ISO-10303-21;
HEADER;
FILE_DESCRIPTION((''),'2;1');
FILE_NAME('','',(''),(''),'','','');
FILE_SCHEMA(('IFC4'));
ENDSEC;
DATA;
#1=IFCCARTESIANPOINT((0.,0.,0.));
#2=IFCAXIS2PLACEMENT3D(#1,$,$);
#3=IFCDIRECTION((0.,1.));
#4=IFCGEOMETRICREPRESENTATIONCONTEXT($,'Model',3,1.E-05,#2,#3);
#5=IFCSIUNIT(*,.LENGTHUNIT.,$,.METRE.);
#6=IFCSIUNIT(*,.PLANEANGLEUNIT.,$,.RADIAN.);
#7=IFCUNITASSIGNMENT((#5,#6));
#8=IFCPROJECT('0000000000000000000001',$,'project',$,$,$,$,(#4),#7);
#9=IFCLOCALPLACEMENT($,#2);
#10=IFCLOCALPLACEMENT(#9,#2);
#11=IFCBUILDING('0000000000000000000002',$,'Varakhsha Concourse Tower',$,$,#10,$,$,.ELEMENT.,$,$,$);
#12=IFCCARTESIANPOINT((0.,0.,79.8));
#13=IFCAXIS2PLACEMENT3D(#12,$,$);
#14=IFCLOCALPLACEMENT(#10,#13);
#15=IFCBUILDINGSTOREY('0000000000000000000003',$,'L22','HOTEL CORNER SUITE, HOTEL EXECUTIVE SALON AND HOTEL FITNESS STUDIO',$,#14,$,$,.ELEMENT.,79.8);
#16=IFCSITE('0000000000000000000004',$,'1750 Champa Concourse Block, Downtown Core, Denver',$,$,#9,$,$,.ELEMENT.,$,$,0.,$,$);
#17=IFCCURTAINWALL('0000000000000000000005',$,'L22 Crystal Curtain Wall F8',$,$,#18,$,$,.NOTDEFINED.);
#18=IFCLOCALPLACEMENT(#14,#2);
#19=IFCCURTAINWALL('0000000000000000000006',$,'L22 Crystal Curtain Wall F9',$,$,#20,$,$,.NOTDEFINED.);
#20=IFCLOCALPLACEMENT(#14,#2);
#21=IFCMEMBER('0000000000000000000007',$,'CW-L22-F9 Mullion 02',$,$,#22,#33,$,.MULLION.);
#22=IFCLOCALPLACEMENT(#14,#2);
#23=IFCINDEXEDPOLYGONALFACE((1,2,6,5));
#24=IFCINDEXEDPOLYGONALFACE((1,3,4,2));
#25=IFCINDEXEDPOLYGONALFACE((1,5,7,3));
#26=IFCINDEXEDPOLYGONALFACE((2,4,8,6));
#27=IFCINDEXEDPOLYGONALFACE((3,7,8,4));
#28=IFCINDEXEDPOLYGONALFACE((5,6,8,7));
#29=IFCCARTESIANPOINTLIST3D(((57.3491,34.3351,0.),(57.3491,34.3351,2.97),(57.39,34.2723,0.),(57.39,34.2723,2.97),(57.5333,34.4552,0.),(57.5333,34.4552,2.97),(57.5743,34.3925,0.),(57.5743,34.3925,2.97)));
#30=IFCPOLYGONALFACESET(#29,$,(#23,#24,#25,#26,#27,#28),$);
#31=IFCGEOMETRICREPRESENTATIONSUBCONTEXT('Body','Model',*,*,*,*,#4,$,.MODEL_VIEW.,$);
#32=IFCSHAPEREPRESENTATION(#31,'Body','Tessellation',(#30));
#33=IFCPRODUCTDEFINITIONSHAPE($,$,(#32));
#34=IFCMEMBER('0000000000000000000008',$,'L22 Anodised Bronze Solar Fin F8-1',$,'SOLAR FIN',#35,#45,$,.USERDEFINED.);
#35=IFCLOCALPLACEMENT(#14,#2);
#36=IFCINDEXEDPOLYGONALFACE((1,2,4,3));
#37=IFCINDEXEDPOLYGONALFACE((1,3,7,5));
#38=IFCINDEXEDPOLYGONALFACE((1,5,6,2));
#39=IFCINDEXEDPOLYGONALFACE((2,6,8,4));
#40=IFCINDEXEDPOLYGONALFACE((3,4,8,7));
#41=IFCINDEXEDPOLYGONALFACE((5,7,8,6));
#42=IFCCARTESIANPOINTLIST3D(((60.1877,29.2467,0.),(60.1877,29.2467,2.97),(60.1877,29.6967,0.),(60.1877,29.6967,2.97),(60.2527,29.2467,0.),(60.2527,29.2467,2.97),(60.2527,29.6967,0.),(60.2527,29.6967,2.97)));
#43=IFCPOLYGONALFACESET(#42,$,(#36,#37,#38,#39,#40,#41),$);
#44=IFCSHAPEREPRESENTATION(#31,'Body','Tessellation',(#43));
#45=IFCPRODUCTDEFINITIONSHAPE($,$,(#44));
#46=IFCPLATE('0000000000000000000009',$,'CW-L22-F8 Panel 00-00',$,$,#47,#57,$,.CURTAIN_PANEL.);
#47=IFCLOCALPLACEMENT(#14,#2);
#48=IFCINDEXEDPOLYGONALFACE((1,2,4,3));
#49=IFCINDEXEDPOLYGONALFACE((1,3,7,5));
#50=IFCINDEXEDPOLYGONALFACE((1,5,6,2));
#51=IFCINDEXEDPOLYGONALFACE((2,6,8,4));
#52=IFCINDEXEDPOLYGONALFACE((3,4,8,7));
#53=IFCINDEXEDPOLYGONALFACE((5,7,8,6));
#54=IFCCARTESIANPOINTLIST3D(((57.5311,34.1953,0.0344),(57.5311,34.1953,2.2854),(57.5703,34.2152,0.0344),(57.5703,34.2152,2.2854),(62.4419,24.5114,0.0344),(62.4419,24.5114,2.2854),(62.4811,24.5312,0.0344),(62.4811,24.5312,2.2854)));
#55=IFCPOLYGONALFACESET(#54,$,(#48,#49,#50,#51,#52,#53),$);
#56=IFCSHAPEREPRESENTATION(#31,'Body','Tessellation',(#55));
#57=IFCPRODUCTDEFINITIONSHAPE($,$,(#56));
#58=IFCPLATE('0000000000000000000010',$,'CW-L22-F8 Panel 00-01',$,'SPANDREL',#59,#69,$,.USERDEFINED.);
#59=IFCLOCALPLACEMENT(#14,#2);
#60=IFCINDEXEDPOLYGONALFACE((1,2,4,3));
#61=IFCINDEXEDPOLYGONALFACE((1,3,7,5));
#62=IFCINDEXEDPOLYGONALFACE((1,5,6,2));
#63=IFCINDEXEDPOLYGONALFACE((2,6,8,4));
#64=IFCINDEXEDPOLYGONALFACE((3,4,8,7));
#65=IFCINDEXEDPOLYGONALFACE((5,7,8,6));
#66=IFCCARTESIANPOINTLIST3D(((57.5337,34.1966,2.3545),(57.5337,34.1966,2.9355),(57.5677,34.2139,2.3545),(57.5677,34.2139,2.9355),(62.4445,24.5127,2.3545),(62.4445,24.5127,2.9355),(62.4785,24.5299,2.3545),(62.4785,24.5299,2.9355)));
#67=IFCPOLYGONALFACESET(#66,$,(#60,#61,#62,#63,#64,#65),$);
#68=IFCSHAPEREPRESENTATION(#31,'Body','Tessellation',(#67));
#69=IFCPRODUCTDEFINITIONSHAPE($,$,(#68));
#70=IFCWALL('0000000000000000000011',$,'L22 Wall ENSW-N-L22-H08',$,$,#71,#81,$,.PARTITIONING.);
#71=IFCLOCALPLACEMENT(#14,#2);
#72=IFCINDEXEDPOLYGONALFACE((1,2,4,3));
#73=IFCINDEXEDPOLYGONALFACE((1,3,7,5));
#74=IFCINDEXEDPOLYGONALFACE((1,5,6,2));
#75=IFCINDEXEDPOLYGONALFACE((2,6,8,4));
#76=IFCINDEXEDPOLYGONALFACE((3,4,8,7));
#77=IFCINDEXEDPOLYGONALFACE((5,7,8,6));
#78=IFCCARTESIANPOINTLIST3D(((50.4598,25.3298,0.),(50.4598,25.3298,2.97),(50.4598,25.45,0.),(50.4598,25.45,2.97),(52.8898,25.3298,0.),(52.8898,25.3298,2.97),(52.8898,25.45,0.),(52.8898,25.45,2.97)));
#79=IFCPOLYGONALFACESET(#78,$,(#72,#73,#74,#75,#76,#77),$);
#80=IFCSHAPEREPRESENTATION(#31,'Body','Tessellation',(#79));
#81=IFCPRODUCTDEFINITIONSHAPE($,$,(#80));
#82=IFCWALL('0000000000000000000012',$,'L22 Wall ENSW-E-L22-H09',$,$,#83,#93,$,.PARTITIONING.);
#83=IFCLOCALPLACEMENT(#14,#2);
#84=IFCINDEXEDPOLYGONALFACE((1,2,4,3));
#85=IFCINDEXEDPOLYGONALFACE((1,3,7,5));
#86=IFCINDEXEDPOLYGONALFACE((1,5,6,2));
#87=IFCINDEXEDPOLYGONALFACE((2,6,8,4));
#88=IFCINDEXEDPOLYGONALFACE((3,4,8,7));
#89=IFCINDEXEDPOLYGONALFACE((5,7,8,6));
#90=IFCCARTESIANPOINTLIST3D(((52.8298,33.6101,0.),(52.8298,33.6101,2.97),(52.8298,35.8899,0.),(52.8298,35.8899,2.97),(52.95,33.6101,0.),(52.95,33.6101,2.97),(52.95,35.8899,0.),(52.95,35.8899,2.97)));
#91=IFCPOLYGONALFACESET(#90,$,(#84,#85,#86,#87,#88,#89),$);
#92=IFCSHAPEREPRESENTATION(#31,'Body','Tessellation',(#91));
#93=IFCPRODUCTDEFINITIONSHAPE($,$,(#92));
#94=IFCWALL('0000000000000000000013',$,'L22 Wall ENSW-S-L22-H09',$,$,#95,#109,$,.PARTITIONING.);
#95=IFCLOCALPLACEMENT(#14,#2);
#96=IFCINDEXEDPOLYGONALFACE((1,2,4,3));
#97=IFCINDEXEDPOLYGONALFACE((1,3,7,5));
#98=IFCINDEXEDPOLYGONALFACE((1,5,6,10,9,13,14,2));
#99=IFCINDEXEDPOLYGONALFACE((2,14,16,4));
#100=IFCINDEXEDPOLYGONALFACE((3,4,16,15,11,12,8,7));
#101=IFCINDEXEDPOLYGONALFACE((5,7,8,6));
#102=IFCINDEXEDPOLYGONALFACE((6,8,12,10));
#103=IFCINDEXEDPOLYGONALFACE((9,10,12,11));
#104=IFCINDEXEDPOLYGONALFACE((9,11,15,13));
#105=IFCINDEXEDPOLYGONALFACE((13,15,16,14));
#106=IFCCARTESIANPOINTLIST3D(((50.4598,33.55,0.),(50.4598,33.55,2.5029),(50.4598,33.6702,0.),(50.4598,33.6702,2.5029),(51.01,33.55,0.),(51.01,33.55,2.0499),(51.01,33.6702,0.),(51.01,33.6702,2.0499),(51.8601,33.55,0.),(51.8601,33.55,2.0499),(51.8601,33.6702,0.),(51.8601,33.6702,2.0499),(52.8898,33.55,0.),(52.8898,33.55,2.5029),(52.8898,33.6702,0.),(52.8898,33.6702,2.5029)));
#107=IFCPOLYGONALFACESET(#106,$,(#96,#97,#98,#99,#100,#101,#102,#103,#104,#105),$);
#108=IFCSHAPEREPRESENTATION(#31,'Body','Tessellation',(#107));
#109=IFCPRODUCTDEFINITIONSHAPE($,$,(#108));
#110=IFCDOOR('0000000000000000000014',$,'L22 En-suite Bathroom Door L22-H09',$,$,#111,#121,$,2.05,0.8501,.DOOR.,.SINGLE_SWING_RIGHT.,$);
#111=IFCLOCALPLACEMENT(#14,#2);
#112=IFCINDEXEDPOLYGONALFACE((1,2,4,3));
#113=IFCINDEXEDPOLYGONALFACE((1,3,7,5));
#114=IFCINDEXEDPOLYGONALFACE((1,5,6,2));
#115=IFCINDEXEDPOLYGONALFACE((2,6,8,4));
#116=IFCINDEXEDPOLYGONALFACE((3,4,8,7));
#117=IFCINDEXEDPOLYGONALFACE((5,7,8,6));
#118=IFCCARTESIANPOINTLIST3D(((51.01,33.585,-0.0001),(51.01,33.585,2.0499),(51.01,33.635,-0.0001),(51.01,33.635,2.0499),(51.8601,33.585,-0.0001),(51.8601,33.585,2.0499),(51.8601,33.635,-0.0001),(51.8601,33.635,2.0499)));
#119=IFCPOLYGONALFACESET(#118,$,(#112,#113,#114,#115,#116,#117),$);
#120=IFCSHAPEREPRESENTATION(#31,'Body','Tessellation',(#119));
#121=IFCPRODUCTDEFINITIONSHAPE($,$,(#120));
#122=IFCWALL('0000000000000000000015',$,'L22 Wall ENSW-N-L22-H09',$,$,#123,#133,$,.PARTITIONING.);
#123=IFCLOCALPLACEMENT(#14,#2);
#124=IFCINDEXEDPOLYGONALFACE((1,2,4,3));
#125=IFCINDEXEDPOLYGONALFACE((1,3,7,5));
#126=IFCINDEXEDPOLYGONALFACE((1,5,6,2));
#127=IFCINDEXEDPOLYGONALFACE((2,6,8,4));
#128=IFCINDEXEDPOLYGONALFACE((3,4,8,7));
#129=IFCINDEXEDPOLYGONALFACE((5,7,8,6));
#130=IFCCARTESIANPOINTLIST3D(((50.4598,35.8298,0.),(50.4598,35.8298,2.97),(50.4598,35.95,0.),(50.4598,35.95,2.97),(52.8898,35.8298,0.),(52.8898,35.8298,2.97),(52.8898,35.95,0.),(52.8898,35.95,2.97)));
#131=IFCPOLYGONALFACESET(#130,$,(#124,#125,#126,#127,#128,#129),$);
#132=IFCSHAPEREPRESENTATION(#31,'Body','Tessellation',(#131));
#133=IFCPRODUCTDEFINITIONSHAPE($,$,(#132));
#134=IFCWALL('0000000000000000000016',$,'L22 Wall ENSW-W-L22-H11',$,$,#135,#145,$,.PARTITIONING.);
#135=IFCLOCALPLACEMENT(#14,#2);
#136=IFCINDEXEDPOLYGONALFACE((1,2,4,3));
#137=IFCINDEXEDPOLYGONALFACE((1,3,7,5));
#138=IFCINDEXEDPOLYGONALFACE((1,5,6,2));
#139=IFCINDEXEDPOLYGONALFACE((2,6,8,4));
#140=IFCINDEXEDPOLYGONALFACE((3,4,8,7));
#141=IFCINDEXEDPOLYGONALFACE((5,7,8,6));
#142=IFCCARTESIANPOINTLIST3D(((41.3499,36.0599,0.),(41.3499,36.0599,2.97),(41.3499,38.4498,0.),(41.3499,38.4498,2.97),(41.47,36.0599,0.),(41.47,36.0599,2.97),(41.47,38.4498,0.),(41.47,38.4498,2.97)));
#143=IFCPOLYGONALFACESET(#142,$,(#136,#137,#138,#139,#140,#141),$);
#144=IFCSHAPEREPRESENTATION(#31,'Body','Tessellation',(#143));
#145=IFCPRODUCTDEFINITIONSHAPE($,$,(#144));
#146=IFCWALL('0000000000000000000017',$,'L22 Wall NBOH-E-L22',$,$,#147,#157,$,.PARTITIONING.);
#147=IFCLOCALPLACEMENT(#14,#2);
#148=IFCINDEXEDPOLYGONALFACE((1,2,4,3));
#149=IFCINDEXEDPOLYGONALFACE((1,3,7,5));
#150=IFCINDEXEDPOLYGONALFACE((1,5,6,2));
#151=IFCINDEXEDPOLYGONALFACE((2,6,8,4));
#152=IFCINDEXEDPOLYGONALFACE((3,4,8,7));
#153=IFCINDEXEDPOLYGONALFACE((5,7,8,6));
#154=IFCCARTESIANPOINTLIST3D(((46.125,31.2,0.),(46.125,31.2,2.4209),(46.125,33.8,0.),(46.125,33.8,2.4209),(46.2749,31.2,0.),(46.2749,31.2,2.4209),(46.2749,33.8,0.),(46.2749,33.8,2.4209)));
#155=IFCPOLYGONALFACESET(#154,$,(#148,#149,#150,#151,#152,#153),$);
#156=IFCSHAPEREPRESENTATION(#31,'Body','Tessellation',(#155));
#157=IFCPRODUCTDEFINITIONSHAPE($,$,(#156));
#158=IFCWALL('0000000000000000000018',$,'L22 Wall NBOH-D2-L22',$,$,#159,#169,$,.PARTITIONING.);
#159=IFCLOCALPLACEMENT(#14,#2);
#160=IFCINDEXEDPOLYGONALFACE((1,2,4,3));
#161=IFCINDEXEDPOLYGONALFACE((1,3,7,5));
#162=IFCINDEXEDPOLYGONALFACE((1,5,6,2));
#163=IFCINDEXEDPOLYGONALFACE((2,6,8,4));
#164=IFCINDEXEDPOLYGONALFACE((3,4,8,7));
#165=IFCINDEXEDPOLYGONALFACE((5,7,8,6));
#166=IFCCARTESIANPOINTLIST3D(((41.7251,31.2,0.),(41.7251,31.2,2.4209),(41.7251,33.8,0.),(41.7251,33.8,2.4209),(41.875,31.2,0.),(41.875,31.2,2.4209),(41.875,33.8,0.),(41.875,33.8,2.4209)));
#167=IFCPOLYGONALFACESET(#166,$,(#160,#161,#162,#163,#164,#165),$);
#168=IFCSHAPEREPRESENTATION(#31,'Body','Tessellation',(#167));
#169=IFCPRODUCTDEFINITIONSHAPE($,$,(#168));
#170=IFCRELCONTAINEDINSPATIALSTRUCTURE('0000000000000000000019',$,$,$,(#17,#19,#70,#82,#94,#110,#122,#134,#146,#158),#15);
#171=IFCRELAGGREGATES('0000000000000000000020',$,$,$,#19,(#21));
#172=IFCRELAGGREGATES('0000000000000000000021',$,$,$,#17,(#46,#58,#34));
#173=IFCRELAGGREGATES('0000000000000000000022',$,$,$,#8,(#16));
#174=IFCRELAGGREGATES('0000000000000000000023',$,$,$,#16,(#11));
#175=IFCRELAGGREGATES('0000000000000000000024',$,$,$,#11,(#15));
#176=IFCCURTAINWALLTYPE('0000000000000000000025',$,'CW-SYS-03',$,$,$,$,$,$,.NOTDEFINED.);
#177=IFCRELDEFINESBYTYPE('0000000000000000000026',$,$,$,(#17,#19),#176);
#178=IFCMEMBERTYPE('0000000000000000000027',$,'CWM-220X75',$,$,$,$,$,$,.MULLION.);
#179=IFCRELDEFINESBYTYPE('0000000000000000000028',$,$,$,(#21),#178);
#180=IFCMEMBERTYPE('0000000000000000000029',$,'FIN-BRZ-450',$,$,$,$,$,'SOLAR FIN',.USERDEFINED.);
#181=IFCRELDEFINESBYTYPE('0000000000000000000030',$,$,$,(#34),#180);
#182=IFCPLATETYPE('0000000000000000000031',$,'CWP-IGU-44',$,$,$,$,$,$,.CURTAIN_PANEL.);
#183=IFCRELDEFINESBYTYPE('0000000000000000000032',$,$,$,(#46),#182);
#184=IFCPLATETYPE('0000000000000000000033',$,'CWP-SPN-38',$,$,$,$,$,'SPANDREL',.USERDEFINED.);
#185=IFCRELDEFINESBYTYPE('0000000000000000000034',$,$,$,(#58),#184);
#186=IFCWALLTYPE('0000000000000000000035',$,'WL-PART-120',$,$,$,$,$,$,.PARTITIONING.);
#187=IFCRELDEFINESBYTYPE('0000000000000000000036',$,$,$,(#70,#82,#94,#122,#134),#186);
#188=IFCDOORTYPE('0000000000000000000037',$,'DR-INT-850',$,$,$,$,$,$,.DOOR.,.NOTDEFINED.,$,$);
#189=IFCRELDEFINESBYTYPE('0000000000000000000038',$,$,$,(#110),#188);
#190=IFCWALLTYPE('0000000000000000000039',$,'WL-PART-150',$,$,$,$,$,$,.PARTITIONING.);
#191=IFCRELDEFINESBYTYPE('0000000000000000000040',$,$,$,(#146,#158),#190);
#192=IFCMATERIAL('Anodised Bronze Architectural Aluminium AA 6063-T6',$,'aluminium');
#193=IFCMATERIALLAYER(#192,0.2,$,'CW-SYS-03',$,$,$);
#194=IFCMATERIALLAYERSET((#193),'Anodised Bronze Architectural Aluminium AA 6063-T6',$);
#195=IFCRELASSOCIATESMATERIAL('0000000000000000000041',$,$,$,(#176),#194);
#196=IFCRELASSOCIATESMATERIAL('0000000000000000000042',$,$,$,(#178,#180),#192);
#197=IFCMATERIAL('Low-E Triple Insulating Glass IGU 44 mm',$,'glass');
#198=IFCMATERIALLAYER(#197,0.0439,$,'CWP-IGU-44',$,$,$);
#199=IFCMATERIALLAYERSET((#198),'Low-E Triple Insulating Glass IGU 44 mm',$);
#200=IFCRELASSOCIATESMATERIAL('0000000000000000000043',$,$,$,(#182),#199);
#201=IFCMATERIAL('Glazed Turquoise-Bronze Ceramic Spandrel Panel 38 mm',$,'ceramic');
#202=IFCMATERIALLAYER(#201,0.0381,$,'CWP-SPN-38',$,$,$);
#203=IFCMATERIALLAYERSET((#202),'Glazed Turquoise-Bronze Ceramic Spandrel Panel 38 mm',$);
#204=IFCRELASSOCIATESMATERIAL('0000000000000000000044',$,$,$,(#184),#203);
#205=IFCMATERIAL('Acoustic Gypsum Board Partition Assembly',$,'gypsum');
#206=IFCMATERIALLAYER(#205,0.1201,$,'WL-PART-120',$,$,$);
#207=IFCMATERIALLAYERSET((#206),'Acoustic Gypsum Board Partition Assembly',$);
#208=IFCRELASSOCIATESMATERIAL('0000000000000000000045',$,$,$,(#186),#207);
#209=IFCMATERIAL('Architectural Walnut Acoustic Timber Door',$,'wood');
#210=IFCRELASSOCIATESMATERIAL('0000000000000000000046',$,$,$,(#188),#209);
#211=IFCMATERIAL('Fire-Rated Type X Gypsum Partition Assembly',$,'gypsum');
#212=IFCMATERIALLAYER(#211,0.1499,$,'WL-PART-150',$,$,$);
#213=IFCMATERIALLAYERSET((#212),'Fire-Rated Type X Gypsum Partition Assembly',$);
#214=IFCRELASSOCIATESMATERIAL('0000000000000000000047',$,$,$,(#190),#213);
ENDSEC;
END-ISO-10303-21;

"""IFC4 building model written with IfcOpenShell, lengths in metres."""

from ifc_helpers import new_model, si_unit, direction, frame, frame_2d, origin, origin_2d, place, context, subcontext, project, spatial, rectangle, extrude, source, transform, mapped, material, layer, layer_set, material_profile, profile_set, type_object, type_shapes, element, fill, aggregate, save


model = new_model("IFC4")

# Units and contexts
model_context = context("Model", 3, precision=1e-05, world=origin(), true_north=direction((0.0, 1.0)))
body_context = subcontext(model_context, "Body", "Model", "MODEL_VIEW")
ifc_project = project(units=[si_unit("LENGTHUNIT", "METRE"), si_unit("PLANEANGLEUNIT", "RADIAN")], contexts=[model_context])

# Site, building, storey
site_placement = place(None, origin())
site = spatial("IfcSite", under=ifc_project, at=site_placement, Name="1750 Champa Concourse Block, Downtown Core, Denver", CompositionType="ELEMENT", RefElevation=0.0)
building_placement = place(site_placement, origin())
building = spatial("IfcBuilding", under=site, at=building_placement, Name="Varakhsha Concourse Tower", CompositionType="ELEMENT")
storey_placement = place(building_placement, frame((0.0, 0.0, 79.8)))
storey = spatial("IfcBuildingStorey", under=building, at=storey_placement, Name="L22", Description="HOTEL CORNER SUITE, HOTEL EXECUTIVE SALON AND HOTEL FITNESS STUDIO", CompositionType="ELEMENT", Elevation=79.8)

# Curtain wall
ifc_material_1 = material(Name="Anodised Bronze Architectural Aluminium AA 6063-T6", Category="aluminium")
ifc_layer_1 = layer(ifc_material_1, 0.2, Name="CW-SYS-03")
ifc_layer_set_1 = layer_set([ifc_layer_1], Name="Anodised Bronze Architectural Aluminium AA 6063-T6")
curtain_wall_type = type_object("IfcCurtainWallType", Name="CW-SYS-03", PredefinedType="NOTDEFINED", material=ifc_layer_set_1)
curtain_wall_1_placement = place(storey_placement, origin())
curtain_wall_1 = element("IfcCurtainWall", 1, at=curtain_wall_1_placement, inside=storey, type_object=curtain_wall_type, Name="L22 Crystal Curtain Wall F8", PredefinedType="NOTDEFINED")
ifc_material_profile_1 = material_profile(ifc_material_1, rectangle(XDim=0.075, YDim=0.22, at=origin_2d()), Name="CWM-220X75")
ifc_profile_set_1 = profile_set([ifc_material_profile_1], Name="Anodised Bronze Architectural Aluminium AA 6063-T6")
member_type_1 = type_object("IfcMemberType", Name="CWM-220X75", PredefinedType="MULLION", material=ifc_profile_set_1)
shared_shape_1 = source(origin(), body_context, "Body", "SweptSolid", [
    extrude(rectangle(XDim=0.075, YDim=0.22, at=origin_2d()), origin(), (0.0, 0.0, 1.0), 2.97),
])
type_shapes(member_type_1, [shared_shape_1])

# Curtain wall, member
curtain_wall_2_placement = place(storey_placement, origin())
curtain_wall_2 = element("IfcCurtainWall", 2, at=curtain_wall_2_placement, inside=storey, type_object=curtain_wall_type, Name="L22 Crystal Curtain Wall F9", PredefinedType="NOTDEFINED")
member_1_placement = place(storey_placement, frame((57.4617, 34.3638, 0.0), z_axis=(0.0, 0.0, 1.0), x_axis=(0.54625, -0.837622, 0.0)))
member_1 = element("IfcMember", 3, at=member_1_placement, type_object=member_type_1, Name="CW-L22-F9 Mullion 02", PredefinedType="MULLION", context=body_context, shape_type="MappedRepresentation", body=[
    mapped(shared_shape_1, transform((0.0, 0.0, 0.0), scale=1.0)),
])
aggregate(curtain_wall_2, [member_1])

# Member
ifc_material_profile_2 = material_profile(ifc_material_1, rectangle(XDim=0.0649, YDim=0.45, at=origin_2d()), Name="FIN-BRZ-450")
ifc_profile_set_2 = profile_set([ifc_material_profile_2], Name="Anodised Bronze Architectural Aluminium AA 6063-T6")
member_type_2 = type_object("IfcMemberType", Name="FIN-BRZ-450", ElementType="SOLAR FIN", PredefinedType="USERDEFINED", material=ifc_profile_set_2)
shared_shape_2 = source(origin(), body_context, "Body", "SweptSolid", [
    extrude(rectangle(XDim=0.0649, YDim=0.45, at=origin_2d()), origin(), (0.0, 0.0, 1.0), 2.97),
])
type_shapes(member_type_2, [shared_shape_2])
member_2_placement = place(storey_placement, frame((60.2202, 29.4717, 0.0), z_axis=(0.0, 0.0, 1.0), x_axis=(1.0, 0.0, 0.0)))
member_2 = element("IfcMember", 4, at=member_2_placement, type_object=member_type_2, Name="L22 Anodised Bronze Solar Fin F8-1", ObjectType="SOLAR FIN", PredefinedType="USERDEFINED", context=body_context, shape_type="MappedRepresentation", body=[
    mapped(shared_shape_2, transform((0.0, 0.0, 0.0), scale=1.0)),
])

# Plates
ifc_material_2 = material(Name="Low-E Triple Insulating Glass IGU 44 mm", Category="glass")
ifc_layer_2 = layer(ifc_material_2, 0.0439, Name="CWP-IGU-44")
ifc_layer_set_2 = layer_set([ifc_layer_2], Name="Low-E Triple Insulating Glass IGU 44 mm")
plate_type_1 = type_object("IfcPlateType", Name="CWP-IGU-44", PredefinedType="CURTAIN_PANEL", material=ifc_layer_set_2)
shared_shape_3 = source(origin(), body_context, "Body", "SweptSolid", [
    extrude(rectangle(XDim=10.8579, YDim=0.0439, at=origin_2d()), origin(), (0.0, 0.0, 1.0), 2.251),
])
type_shapes(plate_type_1, [shared_shape_3])
plate_1_placement = place(storey_placement, frame((60.0061, 29.3633, 0.0344), z_axis=(0.0, 0.0, 1.0), x_axis=(0.452274, -0.891879, 0.0)))
plate_1 = element("IfcPlate", 5, at=plate_1_placement, type_object=plate_type_1, Name="CW-L22-F8 Panel 00-00", PredefinedType="CURTAIN_PANEL", context=body_context, shape_type="MappedRepresentation", body=[
    mapped(shared_shape_3, transform((0.0, 0.0, 0.0), scale=1.0)),
])
ifc_material_3 = material(Name="Glazed Turquoise-Bronze Ceramic Spandrel Panel 38 mm", Category="ceramic")
ifc_layer_3 = layer(ifc_material_3, 0.0381, Name="CWP-SPN-38")
ifc_layer_set_3 = layer_set([ifc_layer_3], Name="Glazed Turquoise-Bronze Ceramic Spandrel Panel 38 mm")
plate_type_2 = type_object("IfcPlateType", Name="CWP-SPN-38", ElementType="SPANDREL", PredefinedType="USERDEFINED", material=ifc_layer_set_3)
shared_shape_4 = source(origin(), body_context, "Body", "SweptSolid", [
    extrude(rectangle(XDim=10.8579, YDim=0.0381, at=origin_2d()), origin(), (0.0, 0.0, 1.0), 0.5811),
])
type_shapes(plate_type_2, [shared_shape_4])
plate_2_placement = place(storey_placement, frame((60.0061, 29.3633, 2.3545), z_axis=(0.0, 0.0, 1.0), x_axis=(0.452274, -0.891879, 0.0)))
plate_2 = element("IfcPlate", 6, at=plate_2_placement, type_object=plate_type_2, Name="CW-L22-F8 Panel 00-01", ObjectType="SPANDREL", PredefinedType="USERDEFINED", context=body_context, shape_type="MappedRepresentation", body=[
    mapped(shared_shape_4, transform((0.0, 0.0, 0.0), scale=1.0)),
])
aggregate(curtain_wall_1, [plate_1, plate_2, member_2])

# Walls
ifc_material_4 = material(Name="Acoustic Gypsum Board Partition Assembly", Category="gypsum")
ifc_layer_4 = layer(ifc_material_4, 0.1201, Name="WL-PART-120")
ifc_layer_set_4 = layer_set([ifc_layer_4], Name="Acoustic Gypsum Board Partition Assembly")
wall_type_1 = type_object("IfcWallType", Name="WL-PART-120", PredefinedType="PARTITIONING", material=ifc_layer_set_4)
wall_1_placement = place(storey_placement, frame((50.46, 25.3899, 0.0), z_axis=(0.0, 0.0, 1.0), x_axis=(1.0, 0.0, 0.0)))
element("IfcWall", 7, at=wall_1_placement, inside=storey, type_object=wall_type_1, Name="L22 Wall ENSW-N-L22-H08", PredefinedType="PARTITIONING", context=body_context, shape_type="SweptSolid", body=[
    extrude(rectangle(XDim=2.4299, YDim=0.1201, at=frame_2d((1.2148, 0.0))), origin(), (0.0, 0.0, 1.0), 2.97),
])
wall_2_placement = place(storey_placement, frame((52.8899, 33.6101, 0.0), z_axis=(0.0, 0.0, 1.0), x_axis=(0.0, 1.0, 0.0)))
element("IfcWall", 8, at=wall_2_placement, inside=storey, type_object=wall_type_1, Name="L22 Wall ENSW-E-L22-H09", PredefinedType="PARTITIONING", context=body_context, shape_type="SweptSolid", body=[
    extrude(rectangle(XDim=2.2798, YDim=0.1201, at=frame_2d((1.1399, 0.0))), origin(), (0.0, 0.0, 1.0), 2.97),
])

# Wall, opening, door
wall_3_placement = place(storey_placement, frame((50.46, 33.6101, 0.0), z_axis=(0.0, 0.0, 1.0), x_axis=(1.0, 0.0, 0.0)))
wall_3 = element("IfcWall", 9, at=wall_3_placement, inside=storey, type_object=wall_type_1, Name="L22 Wall ENSW-S-L22-H09", PredefinedType="PARTITIONING", context=body_context, shape_type="SweptSolid", body=[
    extrude(rectangle(XDim=2.4299, YDim=0.1201, at=frame_2d((1.2148, 0.0))), origin(), (0.0, 0.0, 1.0), 2.5029),
])
opening_1_placement = place(wall_3_placement, frame((0.55, 0.0, 0.0)))
opening_1 = element("IfcOpeningElement", 10, at=opening_1_placement, cuts=wall_3, PredefinedType="OPENING", context=body_context, shape_type="SweptSolid", body=[
    extrude(rectangle(XDim=0.8501, YDim=2.05, at=frame_2d((0.425, 1.0249))), frame((0.0, 0.0701, 0.0), z_axis=(0.0, -1.0, 0.0), x_axis=(1.0, 0.0, 0.0)), (0.0, 0.0, 1.0), 0.1401),
])
ifc_material_5 = material(Name="Architectural Walnut Acoustic Timber Door", Category="wood")
door_type_1 = type_object("IfcDoorType", Name="DR-INT-850", OperationType="NOTDEFINED", PredefinedType="DOOR", material=ifc_material_5)
door_1_placement = place(opening_1_placement, origin())
door_1 = element("IfcDoor", 11, at=door_1_placement, inside=storey, type_object=door_type_1, Name="L22 En-suite Bathroom Door L22-H09", OperationType="SINGLE_SWING_RIGHT", OverallHeight=2.05, OverallWidth=0.8501, PredefinedType="DOOR", context=body_context, shape_type="SweptSolid", body=[
    extrude(rectangle(XDim=0.8501, YDim=2.05, at=frame_2d((0.425, 1.0249))), frame((0.0, 0.0249, 0.0), z_axis=(0.0, -1.0, 0.0), x_axis=(1.0, 0.0, 0.0)), (0.0, 0.0, 1.0), 0.05),
])
fill(opening_1, door_1)

# Walls
wall_4_placement = place(storey_placement, frame((50.46, 35.8899, 0.0), z_axis=(0.0, 0.0, 1.0), x_axis=(1.0, 0.0, 0.0)))
element("IfcWall", 12, at=wall_4_placement, inside=storey, type_object=wall_type_1, Name="L22 Wall ENSW-N-L22-H09", PredefinedType="PARTITIONING", context=body_context, shape_type="SweptSolid", body=[
    extrude(rectangle(XDim=2.4299, YDim=0.1201, at=frame_2d((1.2148, 0.0))), origin(), (0.0, 0.0, 1.0), 2.97),
])
wall_5_placement = place(storey_placement, frame((41.4099, 36.0601, 0.0), z_axis=(0.0, 0.0, 1.0), x_axis=(0.0, 1.0, 0.0)))
element("IfcWall", 13, at=wall_5_placement, inside=storey, type_object=wall_type_1, Name="L22 Wall ENSW-W-L22-H11", PredefinedType="PARTITIONING", context=body_context, shape_type="SweptSolid", body=[
    extrude(rectangle(XDim=2.3899, YDim=0.1201, at=frame_2d((1.1948, 0.0))), origin(), (0.0, 0.0, 1.0), 2.97),
])
ifc_material_6 = material(Name="Fire-Rated Type X Gypsum Partition Assembly", Category="gypsum")
ifc_layer_5 = layer(ifc_material_6, 0.1499, Name="WL-PART-150")
ifc_layer_set_5 = layer_set([ifc_layer_5], Name="Fire-Rated Type X Gypsum Partition Assembly")
wall_type_2 = type_object("IfcWallType", Name="WL-PART-150", PredefinedType="PARTITIONING", material=ifc_layer_set_5)
for number, where, z_axis, x_axis, name in (
    (14, (46.2, 31.2, 0.0), (0.0, 0.0, 1.0), (0.0, 1.0, 0.0), "L22 Wall NBOH-E-L22"),
    (15, (41.8, 31.2, 0.0), (0.0, 0.0, 1.0), (0.0, 1.0, 0.0), "L22 Wall NBOH-D2-L22"),
):
    element("IfcWall", number, at=place(storey_placement, frame(where, z_axis=z_axis, x_axis=x_axis)), inside=storey, type_object=wall_type_2, Name=name, PredefinedType="PARTITIONING", context=body_context, shape_type="SweptSolid", body=[
        extrude(rectangle(XDim=2.6001, YDim=0.1499, at=frame_2d((1.3, 0.0))), origin(), (0.0, 0.0, 1.0), 2.4209),
    ])

save(model, "model.ifc")
